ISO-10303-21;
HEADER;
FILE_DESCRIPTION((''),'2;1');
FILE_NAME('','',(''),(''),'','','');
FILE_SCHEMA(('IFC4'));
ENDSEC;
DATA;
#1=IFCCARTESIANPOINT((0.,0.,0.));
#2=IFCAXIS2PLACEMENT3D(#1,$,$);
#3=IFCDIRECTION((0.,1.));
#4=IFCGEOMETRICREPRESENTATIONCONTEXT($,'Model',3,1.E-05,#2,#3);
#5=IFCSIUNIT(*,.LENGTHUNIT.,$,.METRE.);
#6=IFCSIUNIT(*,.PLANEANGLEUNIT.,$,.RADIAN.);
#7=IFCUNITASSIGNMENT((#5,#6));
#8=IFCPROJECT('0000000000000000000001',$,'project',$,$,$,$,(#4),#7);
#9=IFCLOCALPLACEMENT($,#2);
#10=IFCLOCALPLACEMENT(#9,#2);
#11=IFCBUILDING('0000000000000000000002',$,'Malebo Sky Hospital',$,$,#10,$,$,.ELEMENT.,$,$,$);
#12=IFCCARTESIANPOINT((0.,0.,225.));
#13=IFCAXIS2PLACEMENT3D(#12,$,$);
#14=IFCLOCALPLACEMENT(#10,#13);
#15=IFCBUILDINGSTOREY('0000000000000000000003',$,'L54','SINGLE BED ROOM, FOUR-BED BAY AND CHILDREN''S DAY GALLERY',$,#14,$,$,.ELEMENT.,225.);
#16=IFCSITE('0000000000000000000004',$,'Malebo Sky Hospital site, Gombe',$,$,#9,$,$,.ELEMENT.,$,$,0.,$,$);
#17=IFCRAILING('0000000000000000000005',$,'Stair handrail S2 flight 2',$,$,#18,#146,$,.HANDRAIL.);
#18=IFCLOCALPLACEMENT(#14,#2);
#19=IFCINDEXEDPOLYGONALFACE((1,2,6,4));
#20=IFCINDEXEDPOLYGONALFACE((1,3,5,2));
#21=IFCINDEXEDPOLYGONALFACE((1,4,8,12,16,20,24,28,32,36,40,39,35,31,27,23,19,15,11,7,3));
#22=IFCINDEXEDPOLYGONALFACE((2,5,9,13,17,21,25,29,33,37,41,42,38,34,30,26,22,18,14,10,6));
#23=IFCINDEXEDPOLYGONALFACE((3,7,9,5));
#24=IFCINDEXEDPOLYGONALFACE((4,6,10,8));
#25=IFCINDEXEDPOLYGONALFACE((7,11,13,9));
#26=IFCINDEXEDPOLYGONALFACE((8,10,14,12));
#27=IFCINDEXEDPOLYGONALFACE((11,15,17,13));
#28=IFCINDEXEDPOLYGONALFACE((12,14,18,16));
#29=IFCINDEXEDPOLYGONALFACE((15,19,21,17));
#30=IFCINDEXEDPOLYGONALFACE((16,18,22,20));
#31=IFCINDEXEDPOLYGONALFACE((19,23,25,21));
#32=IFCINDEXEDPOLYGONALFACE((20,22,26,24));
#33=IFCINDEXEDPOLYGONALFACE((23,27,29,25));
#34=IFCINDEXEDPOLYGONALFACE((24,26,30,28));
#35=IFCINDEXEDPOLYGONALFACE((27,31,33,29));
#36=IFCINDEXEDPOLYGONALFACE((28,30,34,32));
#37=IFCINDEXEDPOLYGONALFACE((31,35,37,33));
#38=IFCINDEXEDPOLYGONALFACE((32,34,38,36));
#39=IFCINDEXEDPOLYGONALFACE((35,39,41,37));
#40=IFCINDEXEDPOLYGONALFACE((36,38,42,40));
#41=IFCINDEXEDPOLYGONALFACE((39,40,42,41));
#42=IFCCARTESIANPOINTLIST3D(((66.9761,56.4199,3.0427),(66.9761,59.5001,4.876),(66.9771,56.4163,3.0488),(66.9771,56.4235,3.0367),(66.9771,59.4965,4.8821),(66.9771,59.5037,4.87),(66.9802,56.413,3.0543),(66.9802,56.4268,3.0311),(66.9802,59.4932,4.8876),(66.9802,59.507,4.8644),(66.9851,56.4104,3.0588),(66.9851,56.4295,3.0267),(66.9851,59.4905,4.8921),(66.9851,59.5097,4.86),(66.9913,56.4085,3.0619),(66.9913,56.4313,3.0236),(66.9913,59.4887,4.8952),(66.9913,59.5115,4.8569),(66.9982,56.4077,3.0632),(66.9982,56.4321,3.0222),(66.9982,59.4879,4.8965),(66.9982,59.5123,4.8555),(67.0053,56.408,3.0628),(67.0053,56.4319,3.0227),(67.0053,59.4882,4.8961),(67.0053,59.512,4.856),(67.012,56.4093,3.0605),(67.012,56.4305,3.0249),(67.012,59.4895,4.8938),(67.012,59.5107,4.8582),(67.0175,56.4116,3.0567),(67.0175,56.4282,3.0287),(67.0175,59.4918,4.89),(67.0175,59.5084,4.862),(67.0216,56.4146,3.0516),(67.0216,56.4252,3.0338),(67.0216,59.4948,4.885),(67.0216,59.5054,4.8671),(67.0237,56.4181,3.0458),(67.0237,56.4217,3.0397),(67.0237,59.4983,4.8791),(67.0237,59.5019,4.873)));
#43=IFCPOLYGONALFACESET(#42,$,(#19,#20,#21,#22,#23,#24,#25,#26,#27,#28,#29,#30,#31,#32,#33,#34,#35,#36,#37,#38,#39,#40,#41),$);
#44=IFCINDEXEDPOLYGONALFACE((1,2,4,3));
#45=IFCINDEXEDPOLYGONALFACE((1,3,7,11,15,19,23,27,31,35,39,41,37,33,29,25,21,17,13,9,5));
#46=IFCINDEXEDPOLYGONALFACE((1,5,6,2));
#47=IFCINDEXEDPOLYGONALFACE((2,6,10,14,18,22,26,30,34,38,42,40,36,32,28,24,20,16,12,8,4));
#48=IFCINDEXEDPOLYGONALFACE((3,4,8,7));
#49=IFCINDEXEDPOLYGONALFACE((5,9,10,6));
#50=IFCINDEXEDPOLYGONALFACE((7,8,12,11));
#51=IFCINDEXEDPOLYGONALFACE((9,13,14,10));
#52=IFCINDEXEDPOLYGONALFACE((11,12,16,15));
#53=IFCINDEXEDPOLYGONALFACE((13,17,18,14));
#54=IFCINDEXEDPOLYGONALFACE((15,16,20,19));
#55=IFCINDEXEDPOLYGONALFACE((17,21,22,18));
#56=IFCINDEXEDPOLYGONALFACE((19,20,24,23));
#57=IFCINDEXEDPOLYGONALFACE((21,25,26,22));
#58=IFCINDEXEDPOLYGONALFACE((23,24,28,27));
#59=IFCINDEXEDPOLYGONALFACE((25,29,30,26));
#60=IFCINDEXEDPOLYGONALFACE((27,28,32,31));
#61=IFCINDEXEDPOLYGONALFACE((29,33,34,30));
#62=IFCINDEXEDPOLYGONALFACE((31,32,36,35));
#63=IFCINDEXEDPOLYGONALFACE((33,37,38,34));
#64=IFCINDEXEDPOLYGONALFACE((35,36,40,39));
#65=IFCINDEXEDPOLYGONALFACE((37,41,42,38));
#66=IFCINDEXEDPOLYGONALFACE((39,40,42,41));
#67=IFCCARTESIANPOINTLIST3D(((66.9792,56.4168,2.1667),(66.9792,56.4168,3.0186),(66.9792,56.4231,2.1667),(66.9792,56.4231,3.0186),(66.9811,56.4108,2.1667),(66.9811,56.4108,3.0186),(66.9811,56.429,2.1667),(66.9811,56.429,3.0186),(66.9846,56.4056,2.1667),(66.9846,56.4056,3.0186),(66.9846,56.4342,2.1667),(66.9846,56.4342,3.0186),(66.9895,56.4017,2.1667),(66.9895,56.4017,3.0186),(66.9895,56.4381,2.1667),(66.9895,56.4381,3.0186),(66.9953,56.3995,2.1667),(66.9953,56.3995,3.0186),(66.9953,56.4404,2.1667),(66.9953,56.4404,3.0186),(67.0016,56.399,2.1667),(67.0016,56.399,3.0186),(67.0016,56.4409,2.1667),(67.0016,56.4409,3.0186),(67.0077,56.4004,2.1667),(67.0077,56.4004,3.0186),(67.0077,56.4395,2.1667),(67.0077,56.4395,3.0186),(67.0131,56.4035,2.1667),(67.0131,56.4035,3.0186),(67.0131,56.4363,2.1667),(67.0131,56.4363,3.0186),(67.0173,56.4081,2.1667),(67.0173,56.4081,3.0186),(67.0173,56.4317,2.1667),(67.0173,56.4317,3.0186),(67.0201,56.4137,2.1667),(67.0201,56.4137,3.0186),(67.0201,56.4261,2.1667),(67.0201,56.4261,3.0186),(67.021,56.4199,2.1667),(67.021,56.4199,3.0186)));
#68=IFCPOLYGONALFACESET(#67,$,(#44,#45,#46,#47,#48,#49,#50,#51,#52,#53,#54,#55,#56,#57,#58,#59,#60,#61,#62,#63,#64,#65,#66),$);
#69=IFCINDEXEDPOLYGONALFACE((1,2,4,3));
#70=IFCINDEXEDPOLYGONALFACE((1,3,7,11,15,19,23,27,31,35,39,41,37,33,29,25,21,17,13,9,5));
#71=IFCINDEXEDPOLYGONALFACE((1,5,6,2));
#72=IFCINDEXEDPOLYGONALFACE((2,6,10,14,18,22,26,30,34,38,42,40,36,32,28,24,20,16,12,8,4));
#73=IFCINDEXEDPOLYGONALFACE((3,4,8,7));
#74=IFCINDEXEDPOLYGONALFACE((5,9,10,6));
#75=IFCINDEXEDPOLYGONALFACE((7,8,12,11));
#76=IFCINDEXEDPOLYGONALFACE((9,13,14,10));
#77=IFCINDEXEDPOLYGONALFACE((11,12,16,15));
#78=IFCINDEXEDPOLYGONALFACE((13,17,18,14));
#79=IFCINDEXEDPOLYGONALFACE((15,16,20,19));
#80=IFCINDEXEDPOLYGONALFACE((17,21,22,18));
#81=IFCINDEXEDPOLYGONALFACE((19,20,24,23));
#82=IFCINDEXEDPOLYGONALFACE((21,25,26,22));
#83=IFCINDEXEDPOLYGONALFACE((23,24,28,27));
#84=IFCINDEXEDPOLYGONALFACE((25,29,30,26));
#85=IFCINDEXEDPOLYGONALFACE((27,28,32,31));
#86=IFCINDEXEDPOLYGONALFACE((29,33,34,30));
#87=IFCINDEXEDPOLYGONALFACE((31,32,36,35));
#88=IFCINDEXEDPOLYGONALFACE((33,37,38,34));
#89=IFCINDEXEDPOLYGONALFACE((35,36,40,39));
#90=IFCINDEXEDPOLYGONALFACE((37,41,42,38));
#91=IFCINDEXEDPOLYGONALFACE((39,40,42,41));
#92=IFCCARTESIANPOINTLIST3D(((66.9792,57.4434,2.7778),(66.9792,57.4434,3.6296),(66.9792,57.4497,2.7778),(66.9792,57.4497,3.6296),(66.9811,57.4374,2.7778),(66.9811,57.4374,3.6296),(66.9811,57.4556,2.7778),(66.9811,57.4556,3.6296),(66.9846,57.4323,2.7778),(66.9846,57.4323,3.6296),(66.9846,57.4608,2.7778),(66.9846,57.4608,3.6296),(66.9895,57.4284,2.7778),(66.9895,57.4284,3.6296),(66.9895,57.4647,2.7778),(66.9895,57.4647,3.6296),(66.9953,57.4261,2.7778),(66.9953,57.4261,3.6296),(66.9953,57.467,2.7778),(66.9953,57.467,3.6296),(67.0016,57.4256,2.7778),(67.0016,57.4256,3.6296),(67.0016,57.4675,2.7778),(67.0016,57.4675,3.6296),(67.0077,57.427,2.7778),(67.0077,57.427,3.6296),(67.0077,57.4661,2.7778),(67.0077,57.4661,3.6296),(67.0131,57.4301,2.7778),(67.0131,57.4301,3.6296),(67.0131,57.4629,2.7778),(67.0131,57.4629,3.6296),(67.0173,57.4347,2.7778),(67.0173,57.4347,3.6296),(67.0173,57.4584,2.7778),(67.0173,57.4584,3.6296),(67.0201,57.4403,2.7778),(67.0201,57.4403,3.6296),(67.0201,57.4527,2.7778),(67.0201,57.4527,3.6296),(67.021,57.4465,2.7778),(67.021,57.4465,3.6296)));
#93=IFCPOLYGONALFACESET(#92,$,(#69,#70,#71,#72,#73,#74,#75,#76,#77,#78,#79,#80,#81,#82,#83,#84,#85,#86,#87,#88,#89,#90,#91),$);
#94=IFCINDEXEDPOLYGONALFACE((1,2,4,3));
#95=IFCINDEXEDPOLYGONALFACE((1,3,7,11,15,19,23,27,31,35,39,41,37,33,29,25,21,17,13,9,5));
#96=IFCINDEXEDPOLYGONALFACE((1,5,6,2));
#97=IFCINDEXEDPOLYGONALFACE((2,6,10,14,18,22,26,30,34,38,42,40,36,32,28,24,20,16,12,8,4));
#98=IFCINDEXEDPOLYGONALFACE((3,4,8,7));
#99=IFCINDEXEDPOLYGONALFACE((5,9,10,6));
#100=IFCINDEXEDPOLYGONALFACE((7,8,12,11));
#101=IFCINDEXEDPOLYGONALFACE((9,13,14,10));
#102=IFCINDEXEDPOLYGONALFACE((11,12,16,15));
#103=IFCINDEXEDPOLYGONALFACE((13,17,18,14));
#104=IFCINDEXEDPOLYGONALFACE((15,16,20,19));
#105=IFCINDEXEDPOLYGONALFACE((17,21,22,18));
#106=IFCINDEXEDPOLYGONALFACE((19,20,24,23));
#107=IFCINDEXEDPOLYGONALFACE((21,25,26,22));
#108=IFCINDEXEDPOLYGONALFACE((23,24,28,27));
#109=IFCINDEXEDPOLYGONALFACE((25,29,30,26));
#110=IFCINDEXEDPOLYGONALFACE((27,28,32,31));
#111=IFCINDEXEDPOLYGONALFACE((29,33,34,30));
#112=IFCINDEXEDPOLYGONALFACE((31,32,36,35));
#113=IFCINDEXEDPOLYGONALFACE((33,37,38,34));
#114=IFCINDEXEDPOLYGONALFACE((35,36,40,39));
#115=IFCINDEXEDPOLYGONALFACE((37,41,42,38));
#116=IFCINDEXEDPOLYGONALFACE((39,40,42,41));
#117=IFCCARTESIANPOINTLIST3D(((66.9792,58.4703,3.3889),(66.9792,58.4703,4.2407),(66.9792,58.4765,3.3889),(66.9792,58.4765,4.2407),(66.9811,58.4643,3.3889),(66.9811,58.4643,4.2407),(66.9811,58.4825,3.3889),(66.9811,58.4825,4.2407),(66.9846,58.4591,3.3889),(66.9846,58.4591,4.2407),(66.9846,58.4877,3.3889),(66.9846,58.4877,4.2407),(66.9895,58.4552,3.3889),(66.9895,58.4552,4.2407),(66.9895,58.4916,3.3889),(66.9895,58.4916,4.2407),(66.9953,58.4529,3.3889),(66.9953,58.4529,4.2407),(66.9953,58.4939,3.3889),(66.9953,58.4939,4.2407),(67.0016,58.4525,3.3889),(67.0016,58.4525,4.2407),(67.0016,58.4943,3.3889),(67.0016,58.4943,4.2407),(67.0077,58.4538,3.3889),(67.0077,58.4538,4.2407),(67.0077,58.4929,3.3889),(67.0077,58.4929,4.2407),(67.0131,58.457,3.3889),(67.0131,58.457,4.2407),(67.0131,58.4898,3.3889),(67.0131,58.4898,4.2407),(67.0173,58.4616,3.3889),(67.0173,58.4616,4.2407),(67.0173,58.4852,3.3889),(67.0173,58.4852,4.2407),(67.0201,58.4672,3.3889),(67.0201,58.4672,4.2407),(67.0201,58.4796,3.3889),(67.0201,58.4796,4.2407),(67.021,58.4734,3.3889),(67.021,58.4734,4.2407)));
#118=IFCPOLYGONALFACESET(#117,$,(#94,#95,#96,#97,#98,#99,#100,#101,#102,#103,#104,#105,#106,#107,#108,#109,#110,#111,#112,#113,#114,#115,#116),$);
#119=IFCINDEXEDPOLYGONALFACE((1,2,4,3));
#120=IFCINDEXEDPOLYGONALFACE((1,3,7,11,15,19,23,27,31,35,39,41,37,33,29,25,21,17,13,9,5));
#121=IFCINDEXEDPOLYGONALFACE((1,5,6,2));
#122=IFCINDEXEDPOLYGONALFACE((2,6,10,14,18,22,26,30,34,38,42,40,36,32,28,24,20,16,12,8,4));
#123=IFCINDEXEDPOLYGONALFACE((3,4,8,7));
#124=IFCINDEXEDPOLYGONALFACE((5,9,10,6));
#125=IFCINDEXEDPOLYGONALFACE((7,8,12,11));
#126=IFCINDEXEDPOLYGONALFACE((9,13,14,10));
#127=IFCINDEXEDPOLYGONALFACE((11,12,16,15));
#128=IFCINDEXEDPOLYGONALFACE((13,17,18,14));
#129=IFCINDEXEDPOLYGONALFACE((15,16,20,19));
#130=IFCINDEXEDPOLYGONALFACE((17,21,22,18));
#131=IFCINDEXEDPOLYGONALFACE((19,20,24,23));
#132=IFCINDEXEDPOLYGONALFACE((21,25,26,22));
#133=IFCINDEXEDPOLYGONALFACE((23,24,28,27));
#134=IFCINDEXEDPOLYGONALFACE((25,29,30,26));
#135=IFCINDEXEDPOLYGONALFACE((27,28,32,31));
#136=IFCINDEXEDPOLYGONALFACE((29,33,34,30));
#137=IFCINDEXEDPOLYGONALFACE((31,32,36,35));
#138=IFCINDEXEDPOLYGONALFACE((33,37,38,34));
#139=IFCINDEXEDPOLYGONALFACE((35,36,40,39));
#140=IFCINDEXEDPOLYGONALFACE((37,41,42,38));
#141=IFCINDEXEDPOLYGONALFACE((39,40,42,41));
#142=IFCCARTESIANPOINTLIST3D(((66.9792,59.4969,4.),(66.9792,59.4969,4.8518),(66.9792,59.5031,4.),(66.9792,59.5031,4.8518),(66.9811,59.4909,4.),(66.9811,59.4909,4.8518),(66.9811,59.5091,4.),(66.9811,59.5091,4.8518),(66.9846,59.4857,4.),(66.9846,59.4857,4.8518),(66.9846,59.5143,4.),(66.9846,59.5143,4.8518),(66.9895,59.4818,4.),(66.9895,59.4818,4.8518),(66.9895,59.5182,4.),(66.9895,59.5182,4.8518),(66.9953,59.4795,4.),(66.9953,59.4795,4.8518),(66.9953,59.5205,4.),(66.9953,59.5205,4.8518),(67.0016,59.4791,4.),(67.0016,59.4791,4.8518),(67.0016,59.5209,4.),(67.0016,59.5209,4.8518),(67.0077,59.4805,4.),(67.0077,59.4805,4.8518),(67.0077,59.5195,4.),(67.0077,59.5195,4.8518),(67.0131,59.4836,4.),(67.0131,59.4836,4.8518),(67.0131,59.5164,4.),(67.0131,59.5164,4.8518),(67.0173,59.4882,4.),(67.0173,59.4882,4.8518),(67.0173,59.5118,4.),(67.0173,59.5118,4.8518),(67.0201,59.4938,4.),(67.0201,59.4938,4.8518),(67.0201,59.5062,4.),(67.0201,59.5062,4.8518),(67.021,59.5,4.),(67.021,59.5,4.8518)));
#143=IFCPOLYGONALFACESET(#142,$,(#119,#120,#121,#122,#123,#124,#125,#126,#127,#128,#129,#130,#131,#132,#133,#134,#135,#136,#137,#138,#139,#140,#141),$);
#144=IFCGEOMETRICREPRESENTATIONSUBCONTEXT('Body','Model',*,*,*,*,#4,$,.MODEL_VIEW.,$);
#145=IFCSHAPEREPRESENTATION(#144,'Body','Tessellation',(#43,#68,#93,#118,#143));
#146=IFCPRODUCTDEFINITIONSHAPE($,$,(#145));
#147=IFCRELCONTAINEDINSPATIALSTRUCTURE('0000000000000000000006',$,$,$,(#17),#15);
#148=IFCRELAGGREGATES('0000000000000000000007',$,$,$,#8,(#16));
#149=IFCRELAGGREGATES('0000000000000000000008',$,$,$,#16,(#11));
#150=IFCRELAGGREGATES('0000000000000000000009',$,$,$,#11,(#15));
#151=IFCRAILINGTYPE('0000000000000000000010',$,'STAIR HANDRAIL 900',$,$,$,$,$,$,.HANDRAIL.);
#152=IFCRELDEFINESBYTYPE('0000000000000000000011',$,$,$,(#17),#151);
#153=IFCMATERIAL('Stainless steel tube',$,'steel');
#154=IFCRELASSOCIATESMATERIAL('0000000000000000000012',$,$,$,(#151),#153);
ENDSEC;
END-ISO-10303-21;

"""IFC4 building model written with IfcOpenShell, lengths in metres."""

from ifc_helpers import new_model, si_unit, direction, frame, origin, origin_2d, place, context, subcontext, project, spatial, circle, extrude, material, type_object, element, save


model = new_model("IFC4")

# Units and contexts
model_context = context("Model", 3, precision=1e-05, world=origin(), true_north=direction((0.0, 1.0)))
body_context = subcontext(model_context, "Body", "Model", "MODEL_VIEW")
ifc_project = project(units=[si_unit("LENGTHUNIT", "METRE"), si_unit("PLANEANGLEUNIT", "RADIAN")], contexts=[model_context])

# Site, building, storey
site_placement = place(None, origin())
site = spatial("IfcSite", under=ifc_project, at=site_placement, Name="Malebo Sky Hospital site, Gombe", CompositionType="ELEMENT", RefElevation=0.0)
building_placement = place(site_placement, origin())
building = spatial("IfcBuilding", under=site, at=building_placement, Name="Malebo Sky Hospital", CompositionType="ELEMENT")
storey_placement = place(building_placement, frame((0.0, 0.0, 225.0)))
storey = spatial("IfcBuildingStorey", under=building, at=storey_placement, Name="L54", Description="SINGLE BED ROOM, FOUR-BED BAY AND CHILDREN'S DAY GALLERY", CompositionType="ELEMENT", Elevation=225.0)

# Railing
ifc_material_1 = material(Name="Stainless steel tube", Category="steel")
railing_type = type_object("IfcRailingType", Name="STAIR HANDRAIL 900", PredefinedType="HANDRAIL", material=ifc_material_1)
railing_1_placement = place(storey_placement, frame((67.0, 56.4199, 2.1667)))
element("IfcRailing", 1, at=railing_1_placement, inside=storey, type_object=railing_type, Name="Stair handrail S2 flight 2", PredefinedType="HANDRAIL", context=body_context, shape_type="SweptSolid", body=[
    extrude(circle(Radius=0.0239, at=origin_2d()), frame((0.0, 0.0, 0.876), z_axis=(0.0, 0.859309, 0.511458), x_axis=(-1.0, 0.0, 0.0)), (0.0, 0.0, 1.0), 3.5845),
    extrude(circle(Radius=0.021, at=origin_2d()), origin(), (0.0, 0.0, 1.0), 0.8518),
    extrude(circle(Radius=0.021, at=origin_2d()), frame((0.0, 1.0266, 0.6111)), (0.0, 0.0, 1.0), 0.8518),
    extrude(circle(Radius=0.021, at=origin_2d()), frame((0.0, 2.0535, 1.2222)), (0.0, 0.0, 1.0), 0.8518),
    extrude(circle(Radius=0.021, at=origin_2d()), frame((0.0, 3.0801, 1.8333)), (0.0, 0.0, 1.0), 0.8518),
])

save(model, "model.ifc")
